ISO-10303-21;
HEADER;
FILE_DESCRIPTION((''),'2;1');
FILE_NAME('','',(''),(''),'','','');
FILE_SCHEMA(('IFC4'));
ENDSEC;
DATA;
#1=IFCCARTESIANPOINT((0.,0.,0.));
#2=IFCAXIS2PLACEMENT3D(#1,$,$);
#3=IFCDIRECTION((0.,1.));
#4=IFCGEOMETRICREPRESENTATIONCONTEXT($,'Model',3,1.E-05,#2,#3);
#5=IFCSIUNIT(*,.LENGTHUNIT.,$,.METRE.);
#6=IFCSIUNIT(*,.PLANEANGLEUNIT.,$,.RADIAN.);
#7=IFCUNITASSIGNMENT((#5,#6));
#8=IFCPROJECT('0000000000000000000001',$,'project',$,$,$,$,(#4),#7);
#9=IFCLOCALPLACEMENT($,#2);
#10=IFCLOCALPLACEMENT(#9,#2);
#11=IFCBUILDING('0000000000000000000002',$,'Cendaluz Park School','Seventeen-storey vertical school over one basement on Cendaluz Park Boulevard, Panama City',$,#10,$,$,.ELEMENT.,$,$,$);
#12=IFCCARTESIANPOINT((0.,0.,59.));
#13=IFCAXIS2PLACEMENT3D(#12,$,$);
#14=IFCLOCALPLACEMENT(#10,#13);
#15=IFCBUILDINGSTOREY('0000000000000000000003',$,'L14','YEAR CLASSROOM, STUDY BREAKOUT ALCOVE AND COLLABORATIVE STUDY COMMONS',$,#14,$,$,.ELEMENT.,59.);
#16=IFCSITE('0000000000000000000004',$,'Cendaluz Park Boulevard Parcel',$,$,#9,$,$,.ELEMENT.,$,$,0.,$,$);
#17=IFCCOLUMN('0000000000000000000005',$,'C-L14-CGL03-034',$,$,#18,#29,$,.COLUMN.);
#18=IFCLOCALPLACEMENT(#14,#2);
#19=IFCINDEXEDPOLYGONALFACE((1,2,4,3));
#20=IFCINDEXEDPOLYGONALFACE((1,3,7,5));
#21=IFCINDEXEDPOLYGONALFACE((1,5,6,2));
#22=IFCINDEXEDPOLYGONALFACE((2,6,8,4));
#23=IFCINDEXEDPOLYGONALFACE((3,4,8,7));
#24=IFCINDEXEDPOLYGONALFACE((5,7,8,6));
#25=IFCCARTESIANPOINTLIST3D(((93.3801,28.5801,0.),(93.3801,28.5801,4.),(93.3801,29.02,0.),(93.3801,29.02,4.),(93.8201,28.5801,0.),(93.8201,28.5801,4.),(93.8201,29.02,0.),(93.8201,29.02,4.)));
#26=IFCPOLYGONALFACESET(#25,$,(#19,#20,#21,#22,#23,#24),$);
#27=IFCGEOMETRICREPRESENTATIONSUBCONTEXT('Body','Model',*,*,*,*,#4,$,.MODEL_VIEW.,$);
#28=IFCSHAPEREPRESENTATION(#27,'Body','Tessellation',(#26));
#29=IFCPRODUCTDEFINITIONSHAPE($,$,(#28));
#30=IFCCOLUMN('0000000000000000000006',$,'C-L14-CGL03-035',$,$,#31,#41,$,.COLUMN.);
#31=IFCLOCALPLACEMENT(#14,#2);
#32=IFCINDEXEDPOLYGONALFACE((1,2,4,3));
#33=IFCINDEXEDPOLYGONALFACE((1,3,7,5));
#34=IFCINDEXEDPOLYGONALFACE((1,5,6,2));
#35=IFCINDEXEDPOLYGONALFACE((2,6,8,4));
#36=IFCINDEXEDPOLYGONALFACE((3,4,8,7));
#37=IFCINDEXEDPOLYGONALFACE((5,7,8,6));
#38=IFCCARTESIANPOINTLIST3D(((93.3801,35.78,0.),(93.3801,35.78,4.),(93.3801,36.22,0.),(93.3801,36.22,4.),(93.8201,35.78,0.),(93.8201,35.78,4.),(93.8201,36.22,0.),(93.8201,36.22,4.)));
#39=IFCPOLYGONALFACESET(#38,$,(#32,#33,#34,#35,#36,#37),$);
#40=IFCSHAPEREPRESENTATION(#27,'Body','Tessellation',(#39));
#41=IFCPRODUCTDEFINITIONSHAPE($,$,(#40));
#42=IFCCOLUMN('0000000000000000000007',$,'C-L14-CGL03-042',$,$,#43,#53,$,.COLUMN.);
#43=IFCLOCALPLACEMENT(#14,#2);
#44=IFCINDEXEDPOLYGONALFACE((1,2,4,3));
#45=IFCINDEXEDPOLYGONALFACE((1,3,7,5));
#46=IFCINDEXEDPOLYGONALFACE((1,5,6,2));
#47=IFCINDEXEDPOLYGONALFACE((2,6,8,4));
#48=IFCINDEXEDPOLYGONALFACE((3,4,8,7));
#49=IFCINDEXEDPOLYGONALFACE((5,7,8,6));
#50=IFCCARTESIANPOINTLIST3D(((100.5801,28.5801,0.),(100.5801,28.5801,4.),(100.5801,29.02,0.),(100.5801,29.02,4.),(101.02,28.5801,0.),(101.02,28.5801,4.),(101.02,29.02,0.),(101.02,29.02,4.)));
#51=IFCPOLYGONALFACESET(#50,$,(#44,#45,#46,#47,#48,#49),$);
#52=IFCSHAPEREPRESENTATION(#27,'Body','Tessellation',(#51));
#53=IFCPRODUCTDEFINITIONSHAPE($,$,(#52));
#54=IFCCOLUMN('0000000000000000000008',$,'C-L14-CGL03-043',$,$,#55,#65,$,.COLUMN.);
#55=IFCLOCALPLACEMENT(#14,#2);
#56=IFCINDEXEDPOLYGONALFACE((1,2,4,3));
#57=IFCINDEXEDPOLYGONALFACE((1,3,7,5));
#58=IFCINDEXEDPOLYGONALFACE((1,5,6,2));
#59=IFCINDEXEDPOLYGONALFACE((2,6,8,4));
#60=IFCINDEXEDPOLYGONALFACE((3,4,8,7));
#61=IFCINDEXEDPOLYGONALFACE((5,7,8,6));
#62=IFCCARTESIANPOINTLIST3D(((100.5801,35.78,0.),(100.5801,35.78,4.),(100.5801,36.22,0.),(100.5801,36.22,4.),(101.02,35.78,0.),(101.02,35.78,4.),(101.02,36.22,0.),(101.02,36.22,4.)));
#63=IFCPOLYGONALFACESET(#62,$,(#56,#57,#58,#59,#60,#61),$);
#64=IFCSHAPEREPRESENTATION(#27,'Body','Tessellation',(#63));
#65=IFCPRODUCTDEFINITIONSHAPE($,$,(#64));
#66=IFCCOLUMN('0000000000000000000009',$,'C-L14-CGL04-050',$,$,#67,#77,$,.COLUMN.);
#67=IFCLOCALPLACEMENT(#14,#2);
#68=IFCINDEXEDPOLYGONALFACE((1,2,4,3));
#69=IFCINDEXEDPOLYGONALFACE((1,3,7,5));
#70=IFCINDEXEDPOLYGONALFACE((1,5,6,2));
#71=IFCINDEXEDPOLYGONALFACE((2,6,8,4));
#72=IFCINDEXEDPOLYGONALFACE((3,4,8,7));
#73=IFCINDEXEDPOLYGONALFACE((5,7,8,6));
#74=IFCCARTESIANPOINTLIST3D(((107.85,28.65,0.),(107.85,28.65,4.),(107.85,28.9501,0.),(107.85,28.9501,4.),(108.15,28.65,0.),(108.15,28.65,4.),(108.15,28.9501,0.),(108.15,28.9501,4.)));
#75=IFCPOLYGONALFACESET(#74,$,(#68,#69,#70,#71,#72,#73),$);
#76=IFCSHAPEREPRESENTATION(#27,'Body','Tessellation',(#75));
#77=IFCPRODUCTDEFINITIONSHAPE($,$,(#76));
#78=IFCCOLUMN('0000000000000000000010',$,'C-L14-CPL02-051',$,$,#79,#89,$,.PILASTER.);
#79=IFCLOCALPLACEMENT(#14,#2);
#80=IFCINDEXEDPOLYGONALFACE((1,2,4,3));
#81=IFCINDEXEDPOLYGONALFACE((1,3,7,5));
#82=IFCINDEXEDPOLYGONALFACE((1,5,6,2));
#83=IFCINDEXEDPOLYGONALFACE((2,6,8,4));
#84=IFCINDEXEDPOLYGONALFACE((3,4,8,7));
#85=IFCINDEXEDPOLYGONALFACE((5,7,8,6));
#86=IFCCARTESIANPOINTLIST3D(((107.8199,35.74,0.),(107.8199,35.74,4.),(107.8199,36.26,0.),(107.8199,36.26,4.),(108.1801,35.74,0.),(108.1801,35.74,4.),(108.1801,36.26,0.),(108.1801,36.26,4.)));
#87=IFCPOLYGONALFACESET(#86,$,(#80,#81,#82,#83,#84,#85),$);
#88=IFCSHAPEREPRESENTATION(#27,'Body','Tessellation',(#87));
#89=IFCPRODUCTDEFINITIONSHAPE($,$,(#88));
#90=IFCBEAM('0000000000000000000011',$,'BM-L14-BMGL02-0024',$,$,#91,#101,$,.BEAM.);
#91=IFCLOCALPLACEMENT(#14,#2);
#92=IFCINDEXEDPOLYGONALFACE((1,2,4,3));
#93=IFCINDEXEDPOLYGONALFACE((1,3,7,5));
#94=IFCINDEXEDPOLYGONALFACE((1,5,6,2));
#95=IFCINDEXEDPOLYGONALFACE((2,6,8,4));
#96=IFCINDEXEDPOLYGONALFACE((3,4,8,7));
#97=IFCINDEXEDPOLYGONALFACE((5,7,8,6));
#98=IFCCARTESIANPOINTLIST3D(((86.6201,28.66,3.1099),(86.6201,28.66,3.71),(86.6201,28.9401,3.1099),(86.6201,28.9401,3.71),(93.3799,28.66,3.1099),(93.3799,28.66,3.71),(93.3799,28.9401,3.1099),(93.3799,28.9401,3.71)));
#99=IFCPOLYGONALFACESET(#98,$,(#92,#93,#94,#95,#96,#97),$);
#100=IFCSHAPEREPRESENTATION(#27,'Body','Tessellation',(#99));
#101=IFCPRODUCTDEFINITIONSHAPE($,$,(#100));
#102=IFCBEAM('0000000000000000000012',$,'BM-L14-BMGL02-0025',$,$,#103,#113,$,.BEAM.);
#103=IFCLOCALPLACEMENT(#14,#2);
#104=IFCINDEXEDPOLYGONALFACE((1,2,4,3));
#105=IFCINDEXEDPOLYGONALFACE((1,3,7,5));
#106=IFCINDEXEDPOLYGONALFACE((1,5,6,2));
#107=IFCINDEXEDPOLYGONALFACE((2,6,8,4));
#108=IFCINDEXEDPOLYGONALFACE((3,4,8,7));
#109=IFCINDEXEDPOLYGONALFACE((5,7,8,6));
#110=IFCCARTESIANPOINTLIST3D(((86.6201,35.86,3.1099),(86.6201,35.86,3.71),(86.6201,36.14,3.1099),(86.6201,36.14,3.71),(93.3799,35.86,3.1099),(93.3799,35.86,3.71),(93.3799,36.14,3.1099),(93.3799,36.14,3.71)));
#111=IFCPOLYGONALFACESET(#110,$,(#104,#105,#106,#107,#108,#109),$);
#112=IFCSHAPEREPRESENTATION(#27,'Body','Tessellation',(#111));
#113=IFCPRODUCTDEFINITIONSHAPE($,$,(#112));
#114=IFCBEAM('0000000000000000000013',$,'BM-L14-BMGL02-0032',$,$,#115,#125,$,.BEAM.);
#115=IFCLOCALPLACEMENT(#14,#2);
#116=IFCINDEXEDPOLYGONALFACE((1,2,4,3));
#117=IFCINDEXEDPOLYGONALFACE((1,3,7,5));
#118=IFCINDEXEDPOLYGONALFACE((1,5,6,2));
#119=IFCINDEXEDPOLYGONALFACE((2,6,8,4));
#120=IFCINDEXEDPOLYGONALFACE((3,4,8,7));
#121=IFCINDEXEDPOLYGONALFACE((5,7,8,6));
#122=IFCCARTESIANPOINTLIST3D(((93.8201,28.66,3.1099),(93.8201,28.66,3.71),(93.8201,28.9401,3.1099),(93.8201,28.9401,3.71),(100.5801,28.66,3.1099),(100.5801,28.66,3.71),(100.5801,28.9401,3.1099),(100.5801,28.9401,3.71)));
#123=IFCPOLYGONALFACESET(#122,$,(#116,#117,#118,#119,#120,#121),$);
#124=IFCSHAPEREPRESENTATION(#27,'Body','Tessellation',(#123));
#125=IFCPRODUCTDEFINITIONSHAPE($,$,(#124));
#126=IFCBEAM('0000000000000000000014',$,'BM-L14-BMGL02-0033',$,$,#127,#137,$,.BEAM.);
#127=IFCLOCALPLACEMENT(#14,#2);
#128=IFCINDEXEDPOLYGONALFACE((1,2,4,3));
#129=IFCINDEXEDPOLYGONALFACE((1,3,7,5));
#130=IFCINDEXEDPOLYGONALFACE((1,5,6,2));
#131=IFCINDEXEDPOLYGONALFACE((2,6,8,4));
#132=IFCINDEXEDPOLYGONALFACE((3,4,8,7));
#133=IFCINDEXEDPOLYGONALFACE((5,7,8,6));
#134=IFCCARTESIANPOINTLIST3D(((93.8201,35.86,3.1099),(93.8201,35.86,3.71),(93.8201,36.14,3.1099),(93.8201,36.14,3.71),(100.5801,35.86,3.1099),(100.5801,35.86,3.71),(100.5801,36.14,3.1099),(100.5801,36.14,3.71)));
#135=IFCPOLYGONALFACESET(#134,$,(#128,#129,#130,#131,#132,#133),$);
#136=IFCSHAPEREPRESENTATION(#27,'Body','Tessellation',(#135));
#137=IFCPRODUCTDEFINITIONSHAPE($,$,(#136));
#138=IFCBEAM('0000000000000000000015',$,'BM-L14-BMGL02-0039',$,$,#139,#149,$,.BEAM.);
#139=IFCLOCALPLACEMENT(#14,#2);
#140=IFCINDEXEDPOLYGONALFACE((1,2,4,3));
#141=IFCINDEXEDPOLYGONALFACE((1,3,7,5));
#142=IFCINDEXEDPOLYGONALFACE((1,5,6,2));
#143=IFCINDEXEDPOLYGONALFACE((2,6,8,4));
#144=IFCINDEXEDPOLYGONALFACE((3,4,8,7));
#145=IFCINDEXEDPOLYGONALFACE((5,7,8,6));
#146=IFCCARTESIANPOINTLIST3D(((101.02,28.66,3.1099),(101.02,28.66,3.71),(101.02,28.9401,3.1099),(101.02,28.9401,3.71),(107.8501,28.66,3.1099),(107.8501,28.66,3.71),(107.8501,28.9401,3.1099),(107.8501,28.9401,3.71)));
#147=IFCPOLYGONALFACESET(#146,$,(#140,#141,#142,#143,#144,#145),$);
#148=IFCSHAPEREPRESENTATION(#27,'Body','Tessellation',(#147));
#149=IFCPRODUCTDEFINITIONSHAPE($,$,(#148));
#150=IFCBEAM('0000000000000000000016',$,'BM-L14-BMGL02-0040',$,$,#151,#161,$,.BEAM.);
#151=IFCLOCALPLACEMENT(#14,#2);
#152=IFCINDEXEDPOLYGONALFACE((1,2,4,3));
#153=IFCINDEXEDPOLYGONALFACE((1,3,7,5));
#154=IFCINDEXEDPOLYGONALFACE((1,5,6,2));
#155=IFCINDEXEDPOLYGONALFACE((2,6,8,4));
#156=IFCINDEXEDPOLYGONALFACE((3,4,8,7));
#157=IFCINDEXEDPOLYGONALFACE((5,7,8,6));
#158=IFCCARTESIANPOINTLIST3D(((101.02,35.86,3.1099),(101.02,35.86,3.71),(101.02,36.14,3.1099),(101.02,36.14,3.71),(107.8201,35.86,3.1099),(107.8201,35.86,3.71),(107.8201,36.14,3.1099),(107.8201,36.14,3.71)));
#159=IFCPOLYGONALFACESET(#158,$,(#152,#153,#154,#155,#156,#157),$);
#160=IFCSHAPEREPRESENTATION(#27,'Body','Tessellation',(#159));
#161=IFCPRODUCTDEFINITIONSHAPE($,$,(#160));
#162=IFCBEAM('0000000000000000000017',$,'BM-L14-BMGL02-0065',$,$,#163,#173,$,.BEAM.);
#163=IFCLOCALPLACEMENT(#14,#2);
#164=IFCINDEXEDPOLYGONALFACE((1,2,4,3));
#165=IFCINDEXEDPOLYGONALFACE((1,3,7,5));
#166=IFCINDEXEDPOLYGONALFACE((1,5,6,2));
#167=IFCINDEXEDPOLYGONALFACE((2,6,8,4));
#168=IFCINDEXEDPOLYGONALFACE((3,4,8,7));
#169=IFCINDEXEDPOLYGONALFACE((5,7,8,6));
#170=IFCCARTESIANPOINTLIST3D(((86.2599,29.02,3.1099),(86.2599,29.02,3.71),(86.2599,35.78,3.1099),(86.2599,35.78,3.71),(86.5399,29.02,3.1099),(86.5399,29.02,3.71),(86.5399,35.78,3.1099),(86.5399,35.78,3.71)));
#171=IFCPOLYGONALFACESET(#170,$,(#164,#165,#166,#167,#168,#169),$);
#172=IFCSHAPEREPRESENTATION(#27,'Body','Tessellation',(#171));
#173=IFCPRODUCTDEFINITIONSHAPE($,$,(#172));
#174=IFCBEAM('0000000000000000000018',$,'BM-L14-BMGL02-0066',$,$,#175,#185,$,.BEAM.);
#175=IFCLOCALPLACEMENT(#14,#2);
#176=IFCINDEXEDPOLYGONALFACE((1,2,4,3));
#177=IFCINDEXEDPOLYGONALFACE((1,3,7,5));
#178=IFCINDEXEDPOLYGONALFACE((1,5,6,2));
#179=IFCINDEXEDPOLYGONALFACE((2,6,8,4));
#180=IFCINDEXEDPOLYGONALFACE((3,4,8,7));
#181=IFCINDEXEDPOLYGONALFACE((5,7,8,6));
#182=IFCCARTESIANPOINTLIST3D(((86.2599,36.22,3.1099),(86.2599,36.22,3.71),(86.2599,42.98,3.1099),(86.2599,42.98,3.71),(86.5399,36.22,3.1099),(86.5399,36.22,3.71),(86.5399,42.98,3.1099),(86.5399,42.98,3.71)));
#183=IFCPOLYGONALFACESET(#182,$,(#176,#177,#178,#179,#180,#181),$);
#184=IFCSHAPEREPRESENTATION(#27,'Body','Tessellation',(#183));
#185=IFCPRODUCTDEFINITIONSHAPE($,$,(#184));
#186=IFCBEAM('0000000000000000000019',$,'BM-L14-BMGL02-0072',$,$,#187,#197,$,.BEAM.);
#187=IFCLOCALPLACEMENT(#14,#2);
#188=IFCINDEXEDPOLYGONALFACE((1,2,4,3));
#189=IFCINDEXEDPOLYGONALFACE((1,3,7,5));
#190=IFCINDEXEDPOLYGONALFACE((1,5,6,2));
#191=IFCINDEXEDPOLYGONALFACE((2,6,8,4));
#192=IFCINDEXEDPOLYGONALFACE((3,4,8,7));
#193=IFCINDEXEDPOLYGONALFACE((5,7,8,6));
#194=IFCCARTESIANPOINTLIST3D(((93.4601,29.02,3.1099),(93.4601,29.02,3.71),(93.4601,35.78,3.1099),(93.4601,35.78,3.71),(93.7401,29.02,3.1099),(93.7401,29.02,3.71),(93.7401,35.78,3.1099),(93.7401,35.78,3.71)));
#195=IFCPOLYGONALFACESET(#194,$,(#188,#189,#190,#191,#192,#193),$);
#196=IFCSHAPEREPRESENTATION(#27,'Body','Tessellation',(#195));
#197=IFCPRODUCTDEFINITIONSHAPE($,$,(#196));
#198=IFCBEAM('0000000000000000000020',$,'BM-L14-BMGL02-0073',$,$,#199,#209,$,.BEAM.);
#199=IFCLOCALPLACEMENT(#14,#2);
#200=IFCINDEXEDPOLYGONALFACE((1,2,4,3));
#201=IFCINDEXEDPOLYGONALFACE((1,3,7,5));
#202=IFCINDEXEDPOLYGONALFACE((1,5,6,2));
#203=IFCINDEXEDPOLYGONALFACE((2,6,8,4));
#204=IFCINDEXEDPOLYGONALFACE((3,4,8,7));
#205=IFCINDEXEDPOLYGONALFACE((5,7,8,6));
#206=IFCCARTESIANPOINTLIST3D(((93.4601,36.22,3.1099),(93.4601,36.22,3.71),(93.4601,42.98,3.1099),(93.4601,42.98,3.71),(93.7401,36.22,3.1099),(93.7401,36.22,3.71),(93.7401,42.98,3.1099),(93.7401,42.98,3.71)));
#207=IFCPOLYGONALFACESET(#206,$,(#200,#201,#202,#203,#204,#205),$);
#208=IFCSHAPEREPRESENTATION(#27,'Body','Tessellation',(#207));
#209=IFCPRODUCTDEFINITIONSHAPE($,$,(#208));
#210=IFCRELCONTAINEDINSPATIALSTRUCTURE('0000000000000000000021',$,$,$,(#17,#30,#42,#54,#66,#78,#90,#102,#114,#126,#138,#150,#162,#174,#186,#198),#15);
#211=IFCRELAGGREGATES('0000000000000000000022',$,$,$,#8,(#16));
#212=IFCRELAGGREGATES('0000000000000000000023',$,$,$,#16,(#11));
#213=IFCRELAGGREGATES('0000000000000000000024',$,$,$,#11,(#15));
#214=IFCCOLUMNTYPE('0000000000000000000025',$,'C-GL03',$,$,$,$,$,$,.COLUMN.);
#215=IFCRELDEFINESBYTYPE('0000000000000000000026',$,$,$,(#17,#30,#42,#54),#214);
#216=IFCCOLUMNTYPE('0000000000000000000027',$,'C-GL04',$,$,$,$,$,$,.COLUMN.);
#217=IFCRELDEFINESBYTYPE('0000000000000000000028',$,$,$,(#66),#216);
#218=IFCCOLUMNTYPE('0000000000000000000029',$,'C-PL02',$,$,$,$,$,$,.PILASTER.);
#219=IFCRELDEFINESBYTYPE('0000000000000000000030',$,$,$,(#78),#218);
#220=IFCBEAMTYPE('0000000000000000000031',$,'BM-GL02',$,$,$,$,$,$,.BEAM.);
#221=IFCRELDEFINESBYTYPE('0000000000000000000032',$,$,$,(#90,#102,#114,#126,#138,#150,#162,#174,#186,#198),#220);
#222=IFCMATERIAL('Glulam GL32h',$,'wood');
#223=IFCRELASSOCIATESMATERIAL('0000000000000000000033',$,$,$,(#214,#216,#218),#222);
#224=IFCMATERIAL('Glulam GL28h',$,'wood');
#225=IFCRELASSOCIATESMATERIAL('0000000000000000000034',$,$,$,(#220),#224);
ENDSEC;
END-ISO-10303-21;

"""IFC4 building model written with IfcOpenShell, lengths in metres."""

from ifc_helpers import new_model, si_unit, direction, frame, origin, origin_2d, place, context, subcontext, project, spatial, rectangle, extrude, material, material_profile, profile_set, type_object, element, save


model = new_model("IFC4")

# Units and contexts
model_context = context("Model", 3, precision=1e-05, world=origin(), true_north=direction((0.0, 1.0)))
body_context = subcontext(model_context, "Body", "Model", "MODEL_VIEW")
ifc_project = project(units=[si_unit("LENGTHUNIT", "METRE"), si_unit("PLANEANGLEUNIT", "RADIAN")], contexts=[model_context])

# Site, building, storey
site_placement = place(None, origin())
site = spatial("IfcSite", under=ifc_project, at=site_placement, Name="Cendaluz Park Boulevard Parcel", CompositionType="ELEMENT", RefElevation=0.0)
building_placement = place(site_placement, origin())
building = spatial("IfcBuilding", under=site, at=building_placement, Name="Cendaluz Park School", Description="Seventeen-storey vertical school over one basement on Cendaluz Park Boulevard, Panama City", CompositionType="ELEMENT")
storey_placement = place(building_placement, frame((0.0, 0.0, 59.0)))
storey = spatial("IfcBuildingStorey", under=building, at=storey_placement, Name="L14", Description="YEAR CLASSROOM, STUDY BREAKOUT ALCOVE AND COLLABORATIVE STUDY COMMONS", CompositionType="ELEMENT", Elevation=59.0)

# Columns
ifc_material_1 = material(Name="Glulam GL32h", Category="wood")
ifc_material_profile_1 = material_profile(ifc_material_1, rectangle(XDim=0.4399, YDim=0.4399, at=origin_2d()), Name="GL32h 440x440", Category="wood")
ifc_profile_set_1 = profile_set([ifc_material_profile_1], Name="Glulam GL32h")
column_type_1 = type_object("IfcColumnType", Name="C-GL03", PredefinedType="COLUMN", material=ifc_profile_set_1)
for number, where, z_axis, x_axis, name in (
    (1, (93.6001, 28.8, 0.0), (0.0, 0.0, 1.0), (1.0, 0.0, 0.0), "C-L14-CGL03-034"),
    (2, (93.6001, 36.0, 0.0), (0.0, 0.0, 1.0), (1.0, 0.0, 0.0), "C-L14-CGL03-035"),
    (3, (100.8, 28.8, 0.0), (0.0, 0.0, 1.0), (1.0, 0.0, 0.0), "C-L14-CGL03-042"),
    (4, (100.8, 36.0, 0.0), (0.0, 0.0, 1.0), (1.0, 0.0, 0.0), "C-L14-CGL03-043"),
):
    element("IfcColumn", number, at=place(storey_placement, frame(where, z_axis=z_axis, x_axis=x_axis)), inside=storey, type_object=column_type_1, Name=name, PredefinedType="COLUMN", context=body_context, shape_type="SweptSolid", body=[
        extrude(rectangle(XDim=0.4399, YDim=0.4399, at=origin_2d()), origin(), (0.0, 0.0, 1.0), 4.0),
    ])
ifc_material_profile_2 = material_profile(ifc_material_1, rectangle(XDim=0.3, YDim=0.3, at=origin_2d()), Name="GL32h 300x300", Category="wood")
ifc_profile_set_2 = profile_set([ifc_material_profile_2], Name="Glulam GL32h")
column_type_2 = type_object("IfcColumnType", Name="C-GL04", PredefinedType="COLUMN", material=ifc_profile_set_2)
column_1_placement = place(storey_placement, frame((108.0, 28.8, 0.0), z_axis=(0.0, 0.0, 1.0), x_axis=(1.0, 0.0, 0.0)))
element("IfcColumn", 5, at=column_1_placement, inside=storey, type_object=column_type_2, Name="C-L14-CGL04-050", PredefinedType="COLUMN", context=body_context, shape_type="SweptSolid", body=[
    extrude(rectangle(XDim=0.3, YDim=0.3, at=origin_2d()), origin(), (0.0, 0.0, 1.0), 4.0),
])
ifc_material_profile_3 = material_profile(ifc_material_1, rectangle(XDim=0.3601, YDim=0.52, at=origin_2d()), Name="GL32h 360x520", Category="wood")
ifc_profile_set_3 = profile_set([ifc_material_profile_3], Name="Glulam GL32h")
column_type_3 = type_object("IfcColumnType", Name="C-PL02", PredefinedType="PILASTER", material=ifc_profile_set_3)
column_2_placement = place(storey_placement, frame((108.0, 36.0, 0.0), z_axis=(0.0, 0.0, 1.0), x_axis=(1.0, 0.0, 0.0)))
element("IfcColumn", 6, at=column_2_placement, inside=storey, type_object=column_type_3, Name="C-L14-CPL02-051", PredefinedType="PILASTER", context=body_context, shape_type="SweptSolid", body=[
    extrude(rectangle(XDim=0.3601, YDim=0.52, at=origin_2d()), origin(), (0.0, 0.0, 1.0), 4.0),
])

# Beams
ifc_material_2 = material(Name="Glulam GL28h", Category="wood")
ifc_material_profile_4 = material_profile(ifc_material_2, rectangle(XDim=0.28, YDim=0.6001, at=origin_2d()), Name="GL28h 280x600", Category="wood")
ifc_profile_set_4 = profile_set([ifc_material_profile_4], Name="Glulam GL28h")
beam_type_1 = type_object("IfcBeamType", Name="BM-GL02", PredefinedType="BEAM", material=ifc_profile_set_4)
for number, where, z_axis, x_axis, name in (
    (7, (86.6201, 28.8, 3.4099), (1.0, 0.0, 0.0), (0.0, 1.0, 0.0), "BM-L14-BMGL02-0024"),
    (8, (86.6201, 36.0, 3.4099), (1.0, 0.0, 0.0), (0.0, 1.0, 0.0), "BM-L14-BMGL02-0025"),
):
    element("IfcBeam", number, at=place(storey_placement, frame(where, z_axis=z_axis, x_axis=x_axis)), inside=storey, type_object=beam_type_1, Name=name, PredefinedType="BEAM", context=body_context, shape_type="SweptSolid", body=[
        extrude(rectangle(XDim=0.28, YDim=0.6001, at=origin_2d()), origin(), (0.0, 0.0, 1.0), 6.7598),
    ])
for number, where, z_axis, x_axis, name in (
    (9, (93.8201, 28.8, 3.4099), (1.0, 0.0, 0.0), (0.0, 1.0, 0.0), "BM-L14-BMGL02-0032"),
    (10, (93.8201, 36.0, 3.4099), (1.0, 0.0, 0.0), (0.0, 1.0, 0.0), "BM-L14-BMGL02-0033"),
):
    element("IfcBeam", number, at=place(storey_placement, frame(where, z_axis=z_axis, x_axis=x_axis)), inside=storey, type_object=beam_type_1, Name=name, PredefinedType="BEAM", context=body_context, shape_type="SweptSolid", body=[
        extrude(rectangle(XDim=0.28, YDim=0.6001, at=origin_2d()), origin(), (0.0, 0.0, 1.0), 6.76),
    ])
beam_1_placement = place(storey_placement, frame((101.02, 28.8, 3.4099), z_axis=(1.0, 0.0, 0.0), x_axis=(0.0, 1.0, 0.0)))
element("IfcBeam", 11, at=beam_1_placement, inside=storey, type_object=beam_type_1, Name="BM-L14-BMGL02-0039", PredefinedType="BEAM", context=body_context, shape_type="SweptSolid", body=[
    extrude(rectangle(XDim=0.28, YDim=0.6001, at=origin_2d()), origin(), (0.0, 0.0, 1.0), 6.8301),
])
beam_2_placement = place(storey_placement, frame((101.02, 36.0, 3.4099), z_axis=(1.0, 0.0, 0.0), x_axis=(0.0, 1.0, 0.0)))
element("IfcBeam", 12, at=beam_2_placement, inside=storey, type_object=beam_type_1, Name="BM-L14-BMGL02-0040", PredefinedType="BEAM", context=body_context, shape_type="SweptSolid", body=[
    extrude(rectangle(XDim=0.28, YDim=0.6001, at=origin_2d()), origin(), (0.0, 0.0, 1.0), 6.8),
])
for number, where, z_axis, x_axis, name in (
    (13, (86.3999, 29.02, 3.4099), (0.0, 1.0, 0.0), (-1.0, 0.0, 0.0), "BM-L14-BMGL02-0065"),
    (14, (86.3999, 36.22, 3.4099), (0.0, 1.0, 0.0), (-1.0, 0.0, 0.0), "BM-L14-BMGL02-0066"),
    (15, (93.6001, 29.02, 3.4099), (0.0, 1.0, 0.0), (-1.0, 0.0, 0.0), "BM-L14-BMGL02-0072"),
    (16, (93.6001, 36.22, 3.4099), (0.0, 1.0, 0.0), (-1.0, 0.0, 0.0), "BM-L14-BMGL02-0073"),
):
    element("IfcBeam", number, at=place(storey_placement, frame(where, z_axis=z_axis, x_axis=x_axis)), inside=storey, type_object=beam_type_1, Name=name, PredefinedType="BEAM", context=body_context, shape_type="SweptSolid", body=[
        extrude(rectangle(XDim=0.28, YDim=0.6001, at=origin_2d()), origin(), (0.0, 0.0, 1.0), 6.76),
    ])

save(model, "model.ifc")
